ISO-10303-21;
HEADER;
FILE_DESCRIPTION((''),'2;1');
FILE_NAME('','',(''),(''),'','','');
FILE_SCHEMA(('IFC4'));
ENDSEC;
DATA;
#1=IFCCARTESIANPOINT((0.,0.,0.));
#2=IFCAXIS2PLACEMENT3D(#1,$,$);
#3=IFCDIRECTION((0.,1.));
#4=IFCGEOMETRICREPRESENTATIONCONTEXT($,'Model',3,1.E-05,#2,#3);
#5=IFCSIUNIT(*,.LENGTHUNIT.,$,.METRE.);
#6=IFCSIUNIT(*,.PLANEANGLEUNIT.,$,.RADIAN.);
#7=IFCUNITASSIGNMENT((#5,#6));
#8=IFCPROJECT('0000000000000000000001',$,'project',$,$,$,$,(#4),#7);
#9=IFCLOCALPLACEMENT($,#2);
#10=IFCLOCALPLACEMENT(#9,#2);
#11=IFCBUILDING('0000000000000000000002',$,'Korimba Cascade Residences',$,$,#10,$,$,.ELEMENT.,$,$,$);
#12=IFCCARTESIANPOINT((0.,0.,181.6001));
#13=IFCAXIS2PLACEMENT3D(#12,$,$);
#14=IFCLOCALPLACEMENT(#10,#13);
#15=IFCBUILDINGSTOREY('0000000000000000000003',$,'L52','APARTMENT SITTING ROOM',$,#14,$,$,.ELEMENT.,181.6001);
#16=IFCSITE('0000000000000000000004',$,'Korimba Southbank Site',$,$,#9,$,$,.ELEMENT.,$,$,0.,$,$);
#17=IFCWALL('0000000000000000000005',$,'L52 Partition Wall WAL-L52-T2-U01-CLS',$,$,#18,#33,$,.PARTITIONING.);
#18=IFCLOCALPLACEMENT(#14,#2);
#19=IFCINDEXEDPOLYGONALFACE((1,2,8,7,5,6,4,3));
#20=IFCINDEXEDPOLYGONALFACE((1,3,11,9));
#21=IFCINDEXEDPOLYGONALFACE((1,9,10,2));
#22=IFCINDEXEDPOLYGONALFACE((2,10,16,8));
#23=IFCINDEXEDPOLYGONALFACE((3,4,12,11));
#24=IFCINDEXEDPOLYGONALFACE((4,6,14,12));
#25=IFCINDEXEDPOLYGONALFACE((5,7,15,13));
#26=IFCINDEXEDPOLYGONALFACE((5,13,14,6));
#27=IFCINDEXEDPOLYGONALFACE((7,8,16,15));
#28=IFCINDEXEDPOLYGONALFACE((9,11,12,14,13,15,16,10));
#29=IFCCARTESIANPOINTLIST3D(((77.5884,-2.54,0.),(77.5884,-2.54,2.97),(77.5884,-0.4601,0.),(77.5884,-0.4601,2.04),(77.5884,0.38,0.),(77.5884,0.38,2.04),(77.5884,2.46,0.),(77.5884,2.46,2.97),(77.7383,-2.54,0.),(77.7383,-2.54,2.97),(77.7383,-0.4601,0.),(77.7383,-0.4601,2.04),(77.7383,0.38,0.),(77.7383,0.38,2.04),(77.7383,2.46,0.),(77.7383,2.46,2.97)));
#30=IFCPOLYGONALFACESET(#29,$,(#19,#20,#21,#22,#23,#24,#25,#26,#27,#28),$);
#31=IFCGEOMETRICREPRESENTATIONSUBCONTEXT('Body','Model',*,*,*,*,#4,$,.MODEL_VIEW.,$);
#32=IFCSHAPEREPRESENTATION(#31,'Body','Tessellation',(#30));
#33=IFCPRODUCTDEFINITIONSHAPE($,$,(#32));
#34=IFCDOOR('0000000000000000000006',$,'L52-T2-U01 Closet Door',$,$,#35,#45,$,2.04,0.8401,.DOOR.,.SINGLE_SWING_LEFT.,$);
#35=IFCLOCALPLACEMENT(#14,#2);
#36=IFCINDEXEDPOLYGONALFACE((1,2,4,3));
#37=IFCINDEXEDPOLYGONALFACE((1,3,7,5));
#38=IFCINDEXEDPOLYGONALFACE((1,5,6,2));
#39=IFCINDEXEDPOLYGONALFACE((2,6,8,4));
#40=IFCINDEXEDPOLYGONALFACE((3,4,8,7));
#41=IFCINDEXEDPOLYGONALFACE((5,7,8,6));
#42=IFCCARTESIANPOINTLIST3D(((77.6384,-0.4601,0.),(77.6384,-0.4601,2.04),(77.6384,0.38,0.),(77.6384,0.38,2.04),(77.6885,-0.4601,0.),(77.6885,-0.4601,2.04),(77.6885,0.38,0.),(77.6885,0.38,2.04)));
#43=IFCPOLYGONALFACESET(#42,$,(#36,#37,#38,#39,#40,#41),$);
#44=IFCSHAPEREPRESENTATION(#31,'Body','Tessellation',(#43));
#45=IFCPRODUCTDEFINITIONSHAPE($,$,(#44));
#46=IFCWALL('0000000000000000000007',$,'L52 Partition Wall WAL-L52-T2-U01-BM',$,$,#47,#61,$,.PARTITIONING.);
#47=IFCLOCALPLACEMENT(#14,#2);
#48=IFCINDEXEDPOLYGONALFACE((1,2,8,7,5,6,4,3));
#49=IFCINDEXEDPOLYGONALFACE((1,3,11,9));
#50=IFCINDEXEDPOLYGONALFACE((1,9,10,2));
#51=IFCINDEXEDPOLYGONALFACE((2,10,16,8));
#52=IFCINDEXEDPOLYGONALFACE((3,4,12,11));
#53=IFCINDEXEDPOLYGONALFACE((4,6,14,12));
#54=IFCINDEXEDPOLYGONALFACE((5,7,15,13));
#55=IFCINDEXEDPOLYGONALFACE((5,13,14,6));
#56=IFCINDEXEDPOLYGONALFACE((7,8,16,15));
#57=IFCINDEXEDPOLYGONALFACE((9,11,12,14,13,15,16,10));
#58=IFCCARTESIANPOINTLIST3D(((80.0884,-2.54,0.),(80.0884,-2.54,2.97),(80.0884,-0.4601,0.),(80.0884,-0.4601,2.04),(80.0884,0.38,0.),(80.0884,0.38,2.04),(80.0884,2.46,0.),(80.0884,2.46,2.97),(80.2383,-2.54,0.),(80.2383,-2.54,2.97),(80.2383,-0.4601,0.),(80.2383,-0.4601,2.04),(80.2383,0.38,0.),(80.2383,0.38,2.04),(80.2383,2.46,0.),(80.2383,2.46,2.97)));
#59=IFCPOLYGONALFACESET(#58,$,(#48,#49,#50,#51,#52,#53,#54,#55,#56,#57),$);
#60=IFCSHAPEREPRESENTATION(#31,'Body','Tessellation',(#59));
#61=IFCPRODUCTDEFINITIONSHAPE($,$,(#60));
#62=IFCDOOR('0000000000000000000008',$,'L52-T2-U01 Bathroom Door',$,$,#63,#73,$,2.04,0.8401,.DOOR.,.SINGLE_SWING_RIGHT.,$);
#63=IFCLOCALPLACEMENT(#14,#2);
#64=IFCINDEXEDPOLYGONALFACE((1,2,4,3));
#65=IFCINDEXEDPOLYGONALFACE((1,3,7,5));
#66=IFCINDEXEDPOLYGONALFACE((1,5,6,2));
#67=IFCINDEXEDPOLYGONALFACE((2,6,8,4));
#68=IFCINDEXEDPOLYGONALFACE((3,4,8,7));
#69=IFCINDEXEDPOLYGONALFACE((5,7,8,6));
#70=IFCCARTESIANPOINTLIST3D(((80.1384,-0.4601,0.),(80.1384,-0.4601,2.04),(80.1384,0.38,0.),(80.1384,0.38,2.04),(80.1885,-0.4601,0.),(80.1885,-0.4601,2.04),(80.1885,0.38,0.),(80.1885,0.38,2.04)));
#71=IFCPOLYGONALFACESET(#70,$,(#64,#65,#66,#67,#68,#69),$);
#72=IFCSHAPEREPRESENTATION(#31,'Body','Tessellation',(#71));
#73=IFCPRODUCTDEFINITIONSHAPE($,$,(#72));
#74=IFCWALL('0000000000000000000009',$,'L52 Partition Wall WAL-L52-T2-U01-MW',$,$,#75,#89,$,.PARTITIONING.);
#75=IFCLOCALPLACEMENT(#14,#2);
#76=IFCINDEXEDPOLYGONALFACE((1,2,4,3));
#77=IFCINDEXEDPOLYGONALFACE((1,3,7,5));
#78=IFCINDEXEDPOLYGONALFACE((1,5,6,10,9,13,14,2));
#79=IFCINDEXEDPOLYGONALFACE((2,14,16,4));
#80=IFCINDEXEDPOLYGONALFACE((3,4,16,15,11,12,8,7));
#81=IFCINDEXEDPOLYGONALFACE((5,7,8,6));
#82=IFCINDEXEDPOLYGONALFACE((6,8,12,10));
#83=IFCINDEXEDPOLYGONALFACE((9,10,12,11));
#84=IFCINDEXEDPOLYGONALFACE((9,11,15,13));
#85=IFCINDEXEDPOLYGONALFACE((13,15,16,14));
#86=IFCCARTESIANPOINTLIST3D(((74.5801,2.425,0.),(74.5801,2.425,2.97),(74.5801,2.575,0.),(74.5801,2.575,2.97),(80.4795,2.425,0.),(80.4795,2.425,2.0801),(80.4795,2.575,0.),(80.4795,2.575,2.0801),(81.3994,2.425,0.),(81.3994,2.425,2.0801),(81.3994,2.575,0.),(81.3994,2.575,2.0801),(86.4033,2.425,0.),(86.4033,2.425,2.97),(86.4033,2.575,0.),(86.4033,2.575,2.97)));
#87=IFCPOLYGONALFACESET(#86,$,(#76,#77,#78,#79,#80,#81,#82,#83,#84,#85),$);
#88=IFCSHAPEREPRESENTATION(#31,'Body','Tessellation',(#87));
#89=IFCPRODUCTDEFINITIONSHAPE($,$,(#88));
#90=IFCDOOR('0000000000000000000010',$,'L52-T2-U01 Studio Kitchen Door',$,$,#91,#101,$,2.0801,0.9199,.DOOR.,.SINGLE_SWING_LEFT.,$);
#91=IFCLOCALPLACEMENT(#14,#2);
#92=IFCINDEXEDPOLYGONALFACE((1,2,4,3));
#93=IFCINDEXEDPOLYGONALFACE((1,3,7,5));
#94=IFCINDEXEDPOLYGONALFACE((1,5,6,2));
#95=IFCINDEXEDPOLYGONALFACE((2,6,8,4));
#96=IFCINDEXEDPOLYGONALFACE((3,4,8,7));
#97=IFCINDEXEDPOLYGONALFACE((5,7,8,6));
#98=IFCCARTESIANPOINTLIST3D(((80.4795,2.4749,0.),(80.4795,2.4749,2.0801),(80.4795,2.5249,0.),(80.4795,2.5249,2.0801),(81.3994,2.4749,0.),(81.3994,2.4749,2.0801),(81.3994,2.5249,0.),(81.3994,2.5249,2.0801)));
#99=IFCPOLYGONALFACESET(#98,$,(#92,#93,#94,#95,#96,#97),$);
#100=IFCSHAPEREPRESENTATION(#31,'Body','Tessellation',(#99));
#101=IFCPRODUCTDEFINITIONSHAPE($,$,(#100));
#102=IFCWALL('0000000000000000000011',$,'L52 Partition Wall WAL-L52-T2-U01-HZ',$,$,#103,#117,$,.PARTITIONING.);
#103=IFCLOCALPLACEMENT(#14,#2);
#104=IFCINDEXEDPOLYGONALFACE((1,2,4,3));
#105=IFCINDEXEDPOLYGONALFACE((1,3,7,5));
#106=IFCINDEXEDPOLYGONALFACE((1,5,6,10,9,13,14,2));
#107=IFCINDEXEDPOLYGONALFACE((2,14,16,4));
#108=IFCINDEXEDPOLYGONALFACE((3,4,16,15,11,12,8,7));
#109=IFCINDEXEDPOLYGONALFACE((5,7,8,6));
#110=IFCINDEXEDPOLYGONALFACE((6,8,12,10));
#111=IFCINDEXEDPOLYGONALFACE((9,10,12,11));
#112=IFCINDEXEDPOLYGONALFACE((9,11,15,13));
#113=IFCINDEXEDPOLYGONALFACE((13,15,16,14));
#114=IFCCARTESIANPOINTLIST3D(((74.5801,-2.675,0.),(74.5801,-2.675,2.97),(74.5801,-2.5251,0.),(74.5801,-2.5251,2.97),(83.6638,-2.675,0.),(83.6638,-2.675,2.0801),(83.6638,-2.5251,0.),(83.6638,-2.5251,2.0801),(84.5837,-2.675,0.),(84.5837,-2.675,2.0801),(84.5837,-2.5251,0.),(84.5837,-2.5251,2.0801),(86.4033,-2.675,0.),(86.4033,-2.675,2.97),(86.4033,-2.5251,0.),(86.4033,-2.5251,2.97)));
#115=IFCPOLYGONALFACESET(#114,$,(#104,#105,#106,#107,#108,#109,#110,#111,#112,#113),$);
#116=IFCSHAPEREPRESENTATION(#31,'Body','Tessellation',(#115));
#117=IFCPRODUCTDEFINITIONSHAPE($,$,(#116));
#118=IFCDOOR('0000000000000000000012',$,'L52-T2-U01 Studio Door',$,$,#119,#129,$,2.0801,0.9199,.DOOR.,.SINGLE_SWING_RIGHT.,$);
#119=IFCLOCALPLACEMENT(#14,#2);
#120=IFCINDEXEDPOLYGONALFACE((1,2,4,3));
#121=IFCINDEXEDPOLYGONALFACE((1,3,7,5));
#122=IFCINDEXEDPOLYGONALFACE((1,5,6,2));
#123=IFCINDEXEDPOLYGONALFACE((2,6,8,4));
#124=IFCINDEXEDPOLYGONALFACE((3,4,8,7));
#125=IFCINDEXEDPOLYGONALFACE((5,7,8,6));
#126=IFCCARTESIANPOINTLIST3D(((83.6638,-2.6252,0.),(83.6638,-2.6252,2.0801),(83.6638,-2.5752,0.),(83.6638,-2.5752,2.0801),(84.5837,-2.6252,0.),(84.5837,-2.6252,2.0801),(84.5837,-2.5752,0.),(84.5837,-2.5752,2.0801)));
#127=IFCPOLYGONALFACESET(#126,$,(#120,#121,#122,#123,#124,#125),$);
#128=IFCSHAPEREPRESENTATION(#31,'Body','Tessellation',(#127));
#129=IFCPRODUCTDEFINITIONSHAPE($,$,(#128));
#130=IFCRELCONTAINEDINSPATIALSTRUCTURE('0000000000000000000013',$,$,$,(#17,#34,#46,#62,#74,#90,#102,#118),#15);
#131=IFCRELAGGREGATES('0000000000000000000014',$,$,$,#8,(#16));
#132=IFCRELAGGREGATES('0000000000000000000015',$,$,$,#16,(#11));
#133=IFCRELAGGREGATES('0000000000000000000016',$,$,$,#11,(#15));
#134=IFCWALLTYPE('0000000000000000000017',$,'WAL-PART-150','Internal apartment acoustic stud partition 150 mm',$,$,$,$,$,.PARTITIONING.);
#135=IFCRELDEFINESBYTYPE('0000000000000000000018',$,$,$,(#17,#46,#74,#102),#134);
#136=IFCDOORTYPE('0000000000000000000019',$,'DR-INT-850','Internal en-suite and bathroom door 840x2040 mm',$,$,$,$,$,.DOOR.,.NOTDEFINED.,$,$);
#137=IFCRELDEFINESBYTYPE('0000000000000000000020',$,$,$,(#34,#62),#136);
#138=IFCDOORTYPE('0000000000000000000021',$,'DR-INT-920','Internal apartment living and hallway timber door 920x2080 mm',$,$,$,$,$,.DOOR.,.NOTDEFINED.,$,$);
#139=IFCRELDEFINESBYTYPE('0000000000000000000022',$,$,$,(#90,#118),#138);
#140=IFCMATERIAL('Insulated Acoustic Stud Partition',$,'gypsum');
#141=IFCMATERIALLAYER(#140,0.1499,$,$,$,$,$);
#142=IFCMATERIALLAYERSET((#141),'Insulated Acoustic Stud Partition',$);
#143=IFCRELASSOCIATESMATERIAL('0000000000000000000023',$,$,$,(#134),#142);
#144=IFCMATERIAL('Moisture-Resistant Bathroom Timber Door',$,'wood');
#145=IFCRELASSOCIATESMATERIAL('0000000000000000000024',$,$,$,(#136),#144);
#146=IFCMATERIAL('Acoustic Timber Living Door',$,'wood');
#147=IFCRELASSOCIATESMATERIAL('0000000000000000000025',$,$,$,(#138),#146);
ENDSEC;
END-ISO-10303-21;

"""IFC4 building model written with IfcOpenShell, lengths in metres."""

from ifc_helpers import new_model, si_unit, direction, frame, frame_2d, origin, place, context, subcontext, project, spatial, rectangle, extrude, material, layer, layer_set, type_object, element, fill, save


model = new_model("IFC4")

# Units and contexts
model_context = context("Model", 3, precision=1e-05, world=origin(), true_north=direction((0.0, 1.0)))
body_context = subcontext(model_context, "Body", "Model", "MODEL_VIEW")
ifc_project = project(units=[si_unit("LENGTHUNIT", "METRE"), si_unit("PLANEANGLEUNIT", "RADIAN")], contexts=[model_context])

# Site, building, storey
site_placement = place(None, origin())
site = spatial("IfcSite", under=ifc_project, at=site_placement, Name="Korimba Southbank Site", CompositionType="ELEMENT", RefElevation=0.0)
building_placement = place(site_placement, origin())
building = spatial("IfcBuilding", under=site, at=building_placement, Name="Korimba Cascade Residences", CompositionType="ELEMENT")
storey_placement = place(building_placement, frame((0.0, 0.0, 181.6001)))
storey = spatial("IfcBuildingStorey", under=building, at=storey_placement, Name="L52", Description="APARTMENT SITTING ROOM", CompositionType="ELEMENT", Elevation=181.6001)

# Walls, openings, doors
ifc_material_1 = material(Name="Insulated Acoustic Stud Partition", Category="gypsum")
ifc_layer_1 = layer(ifc_material_1, 0.1499)
ifc_layer_set_1 = layer_set([ifc_layer_1], Name="Insulated Acoustic Stud Partition")
wall_type_1 = type_object("IfcWallType", Name="WAL-PART-150", Description="Internal apartment acoustic stud partition 150 mm", PredefinedType="PARTITIONING", material=ifc_layer_set_1)
wall_1_placement = place(storey_placement, frame((77.6633, -2.54, 0.0), z_axis=(0.0, 0.0, 1.0), x_axis=(0.0, 1.0, 0.0)))
wall_1 = element("IfcWall", 1, at=wall_1_placement, inside=storey, type_object=wall_type_1, Name="L52 Partition Wall WAL-L52-T2-U01-CLS", PredefinedType="PARTITIONING", context=body_context, shape_type="SweptSolid", body=[
    extrude(rectangle(XDim=5.0, YDim=0.1499, at=frame_2d((2.5, 0.0))), origin(), (0.0, 0.0, 1.0), 2.97),
])
opening_1_placement = place(wall_1_placement, frame((2.0801, 0.0, 0.0)))
opening_1 = element("IfcOpeningElement", 2, at=opening_1_placement, cuts=wall_1, PredefinedType="OPENING", context=body_context, shape_type="SweptSolid", body=[
    extrude(rectangle(XDim=0.8401, YDim=2.04, at=frame_2d((0.4199, 1.02))), frame((0.0, 0.085, 0.0), z_axis=(0.0, -1.0, 0.0), x_axis=(1.0, 0.0, 0.0)), (0.0, 0.0, 1.0), 0.1699),
])
ifc_material_2 = material(Name="Moisture-Resistant Bathroom Timber Door", Category="wood")
door_type_1 = type_object("IfcDoorType", Name="DR-INT-850", Description="Internal en-suite and bathroom door 840x2040 mm", OperationType="NOTDEFINED", PredefinedType="DOOR", material=ifc_material_2)
door_1_placement = place(opening_1_placement, origin())
door_1 = element("IfcDoor", 3, at=door_1_placement, inside=storey, type_object=door_type_1, Name="L52-T2-U01 Closet Door", OperationType="SINGLE_SWING_LEFT", OverallHeight=2.04, OverallWidth=0.8401, PredefinedType="DOOR", context=body_context, shape_type="SweptSolid", body=[
    extrude(rectangle(XDim=0.8401, YDim=2.04, at=frame_2d((0.4199, 1.02))), frame((0.0, 0.0249, 0.0), z_axis=(0.0, -1.0, 0.0), x_axis=(1.0, 0.0, 0.0)), (0.0, 0.0, 1.0), 0.05),
])
fill(opening_1, door_1)
wall_2_placement = place(storey_placement, frame((80.1633, -2.54, 0.0), z_axis=(0.0, 0.0, 1.0), x_axis=(0.0, 1.0, 0.0)))
wall_2 = element("IfcWall", 4, at=wall_2_placement, inside=storey, type_object=wall_type_1, Name="L52 Partition Wall WAL-L52-T2-U01-BM", PredefinedType="PARTITIONING", context=body_context, shape_type="SweptSolid", body=[
    extrude(rectangle(XDim=5.0, YDim=0.1499, at=frame_2d((2.5, 0.0))), origin(), (0.0, 0.0, 1.0), 2.97),
])
opening_2_placement = place(wall_2_placement, frame((2.0801, 0.0, 0.0)))
opening_2 = element("IfcOpeningElement", 5, at=opening_2_placement, cuts=wall_2, PredefinedType="OPENING", context=body_context, shape_type="SweptSolid", body=[
    extrude(rectangle(XDim=0.8401, YDim=2.04, at=frame_2d((0.4199, 1.02))), frame((0.0, 0.085, 0.0), z_axis=(0.0, -1.0, 0.0), x_axis=(1.0, 0.0, 0.0)), (0.0, 0.0, 1.0), 0.1699),
])
door_2_placement = place(opening_2_placement, origin())
door_2 = element("IfcDoor", 6, at=door_2_placement, inside=storey, type_object=door_type_1, Name="L52-T2-U01 Bathroom Door", OperationType="SINGLE_SWING_RIGHT", OverallHeight=2.04, OverallWidth=0.8401, PredefinedType="DOOR", context=body_context, shape_type="SweptSolid", body=[
    extrude(rectangle(XDim=0.8401, YDim=2.04, at=frame_2d((0.4199, 1.02))), frame((0.0, 0.0249, 0.0), z_axis=(0.0, -1.0, 0.0), x_axis=(1.0, 0.0, 0.0)), (0.0, 0.0, 1.0), 0.05),
])
fill(opening_2, door_2)
wall_3_placement = place(storey_placement, frame((74.5801, 2.5, 0.0), z_axis=(0.0, 0.0, 1.0), x_axis=(1.0, 0.0, 0.0)))
wall_3 = element("IfcWall", 7, at=wall_3_placement, inside=storey, type_object=wall_type_1, Name="L52 Partition Wall WAL-L52-T2-U01-MW", PredefinedType="PARTITIONING", context=body_context, shape_type="SweptSolid", body=[
    extrude(rectangle(XDim=11.8232, YDim=0.1499, at=frame_2d((5.9116, 0.0))), origin(), (0.0, 0.0, 1.0), 2.97),
])
opening_3_placement = place(wall_3_placement, frame((5.8994, 0.0, 0.0)))
opening_3 = element("IfcOpeningElement", 8, at=opening_3_placement, cuts=wall_3, PredefinedType="OPENING", context=body_context, shape_type="SweptSolid", body=[
    extrude(rectangle(XDim=0.9199, YDim=2.0801, at=frame_2d((0.46, 1.04))), frame((0.0, 0.085, 0.0), z_axis=(0.0, -1.0, 0.0), x_axis=(1.0, 0.0, 0.0)), (0.0, 0.0, 1.0), 0.1699),
])
ifc_material_3 = material(Name="Acoustic Timber Living Door", Category="wood")
door_type_2 = type_object("IfcDoorType", Name="DR-INT-920", Description="Internal apartment living and hallway timber door 920x2080 mm", OperationType="NOTDEFINED", PredefinedType="DOOR", material=ifc_material_3)
door_3_placement = place(opening_3_placement, origin())
door_3 = element("IfcDoor", 9, at=door_3_placement, inside=storey, type_object=door_type_2, Name="L52-T2-U01 Studio Kitchen Door", OperationType="SINGLE_SWING_LEFT", OverallHeight=2.0801, OverallWidth=0.9199, PredefinedType="DOOR", context=body_context, shape_type="SweptSolid", body=[
    extrude(rectangle(XDim=0.9199, YDim=2.0801, at=frame_2d((0.46, 1.04))), frame((0.0, 0.0249, 0.0), z_axis=(0.0, -1.0, 0.0), x_axis=(1.0, 0.0, 0.0)), (0.0, 0.0, 1.0), 0.05),
])
fill(opening_3, door_3)
wall_4_placement = place(storey_placement, frame((74.5801, -2.6001, 0.0), z_axis=(0.0, 0.0, 1.0), x_axis=(1.0, 0.0, 0.0)))
wall_4 = element("IfcWall", 10, at=wall_4_placement, inside=storey, type_object=wall_type_1, Name="L52 Partition Wall WAL-L52-T2-U01-HZ", PredefinedType="PARTITIONING", context=body_context, shape_type="SweptSolid", body=[
    extrude(rectangle(XDim=11.8232, YDim=0.1499, at=frame_2d((5.9116, 0.0))), origin(), (0.0, 0.0, 1.0), 2.97),
])
opening_4_placement = place(wall_4_placement, frame((9.0837, 0.0, 0.0)))
opening_4 = element("IfcOpeningElement", 11, at=opening_4_placement, cuts=wall_4, PredefinedType="OPENING", context=body_context, shape_type="SweptSolid", body=[
    extrude(rectangle(XDim=0.9199, YDim=2.0801, at=frame_2d((0.46, 1.04))), frame((0.0, 0.085, 0.0), z_axis=(0.0, -1.0, 0.0), x_axis=(1.0, 0.0, 0.0)), (0.0, 0.0, 1.0), 0.1699),
])
door_4_placement = place(opening_4_placement, origin())
door_4 = element("IfcDoor", 12, at=door_4_placement, inside=storey, type_object=door_type_2, Name="L52-T2-U01 Studio Door", OperationType="SINGLE_SWING_RIGHT", OverallHeight=2.0801, OverallWidth=0.9199, PredefinedType="DOOR", context=body_context, shape_type="SweptSolid", body=[
    extrude(rectangle(XDim=0.9199, YDim=2.0801, at=frame_2d((0.46, 1.04))), frame((0.0, 0.0249, 0.0), z_axis=(0.0, -1.0, 0.0), x_axis=(1.0, 0.0, 0.0)), (0.0, 0.0, 1.0), 0.05),
])
fill(opening_4, door_4)

save(model, "model.ifc")
